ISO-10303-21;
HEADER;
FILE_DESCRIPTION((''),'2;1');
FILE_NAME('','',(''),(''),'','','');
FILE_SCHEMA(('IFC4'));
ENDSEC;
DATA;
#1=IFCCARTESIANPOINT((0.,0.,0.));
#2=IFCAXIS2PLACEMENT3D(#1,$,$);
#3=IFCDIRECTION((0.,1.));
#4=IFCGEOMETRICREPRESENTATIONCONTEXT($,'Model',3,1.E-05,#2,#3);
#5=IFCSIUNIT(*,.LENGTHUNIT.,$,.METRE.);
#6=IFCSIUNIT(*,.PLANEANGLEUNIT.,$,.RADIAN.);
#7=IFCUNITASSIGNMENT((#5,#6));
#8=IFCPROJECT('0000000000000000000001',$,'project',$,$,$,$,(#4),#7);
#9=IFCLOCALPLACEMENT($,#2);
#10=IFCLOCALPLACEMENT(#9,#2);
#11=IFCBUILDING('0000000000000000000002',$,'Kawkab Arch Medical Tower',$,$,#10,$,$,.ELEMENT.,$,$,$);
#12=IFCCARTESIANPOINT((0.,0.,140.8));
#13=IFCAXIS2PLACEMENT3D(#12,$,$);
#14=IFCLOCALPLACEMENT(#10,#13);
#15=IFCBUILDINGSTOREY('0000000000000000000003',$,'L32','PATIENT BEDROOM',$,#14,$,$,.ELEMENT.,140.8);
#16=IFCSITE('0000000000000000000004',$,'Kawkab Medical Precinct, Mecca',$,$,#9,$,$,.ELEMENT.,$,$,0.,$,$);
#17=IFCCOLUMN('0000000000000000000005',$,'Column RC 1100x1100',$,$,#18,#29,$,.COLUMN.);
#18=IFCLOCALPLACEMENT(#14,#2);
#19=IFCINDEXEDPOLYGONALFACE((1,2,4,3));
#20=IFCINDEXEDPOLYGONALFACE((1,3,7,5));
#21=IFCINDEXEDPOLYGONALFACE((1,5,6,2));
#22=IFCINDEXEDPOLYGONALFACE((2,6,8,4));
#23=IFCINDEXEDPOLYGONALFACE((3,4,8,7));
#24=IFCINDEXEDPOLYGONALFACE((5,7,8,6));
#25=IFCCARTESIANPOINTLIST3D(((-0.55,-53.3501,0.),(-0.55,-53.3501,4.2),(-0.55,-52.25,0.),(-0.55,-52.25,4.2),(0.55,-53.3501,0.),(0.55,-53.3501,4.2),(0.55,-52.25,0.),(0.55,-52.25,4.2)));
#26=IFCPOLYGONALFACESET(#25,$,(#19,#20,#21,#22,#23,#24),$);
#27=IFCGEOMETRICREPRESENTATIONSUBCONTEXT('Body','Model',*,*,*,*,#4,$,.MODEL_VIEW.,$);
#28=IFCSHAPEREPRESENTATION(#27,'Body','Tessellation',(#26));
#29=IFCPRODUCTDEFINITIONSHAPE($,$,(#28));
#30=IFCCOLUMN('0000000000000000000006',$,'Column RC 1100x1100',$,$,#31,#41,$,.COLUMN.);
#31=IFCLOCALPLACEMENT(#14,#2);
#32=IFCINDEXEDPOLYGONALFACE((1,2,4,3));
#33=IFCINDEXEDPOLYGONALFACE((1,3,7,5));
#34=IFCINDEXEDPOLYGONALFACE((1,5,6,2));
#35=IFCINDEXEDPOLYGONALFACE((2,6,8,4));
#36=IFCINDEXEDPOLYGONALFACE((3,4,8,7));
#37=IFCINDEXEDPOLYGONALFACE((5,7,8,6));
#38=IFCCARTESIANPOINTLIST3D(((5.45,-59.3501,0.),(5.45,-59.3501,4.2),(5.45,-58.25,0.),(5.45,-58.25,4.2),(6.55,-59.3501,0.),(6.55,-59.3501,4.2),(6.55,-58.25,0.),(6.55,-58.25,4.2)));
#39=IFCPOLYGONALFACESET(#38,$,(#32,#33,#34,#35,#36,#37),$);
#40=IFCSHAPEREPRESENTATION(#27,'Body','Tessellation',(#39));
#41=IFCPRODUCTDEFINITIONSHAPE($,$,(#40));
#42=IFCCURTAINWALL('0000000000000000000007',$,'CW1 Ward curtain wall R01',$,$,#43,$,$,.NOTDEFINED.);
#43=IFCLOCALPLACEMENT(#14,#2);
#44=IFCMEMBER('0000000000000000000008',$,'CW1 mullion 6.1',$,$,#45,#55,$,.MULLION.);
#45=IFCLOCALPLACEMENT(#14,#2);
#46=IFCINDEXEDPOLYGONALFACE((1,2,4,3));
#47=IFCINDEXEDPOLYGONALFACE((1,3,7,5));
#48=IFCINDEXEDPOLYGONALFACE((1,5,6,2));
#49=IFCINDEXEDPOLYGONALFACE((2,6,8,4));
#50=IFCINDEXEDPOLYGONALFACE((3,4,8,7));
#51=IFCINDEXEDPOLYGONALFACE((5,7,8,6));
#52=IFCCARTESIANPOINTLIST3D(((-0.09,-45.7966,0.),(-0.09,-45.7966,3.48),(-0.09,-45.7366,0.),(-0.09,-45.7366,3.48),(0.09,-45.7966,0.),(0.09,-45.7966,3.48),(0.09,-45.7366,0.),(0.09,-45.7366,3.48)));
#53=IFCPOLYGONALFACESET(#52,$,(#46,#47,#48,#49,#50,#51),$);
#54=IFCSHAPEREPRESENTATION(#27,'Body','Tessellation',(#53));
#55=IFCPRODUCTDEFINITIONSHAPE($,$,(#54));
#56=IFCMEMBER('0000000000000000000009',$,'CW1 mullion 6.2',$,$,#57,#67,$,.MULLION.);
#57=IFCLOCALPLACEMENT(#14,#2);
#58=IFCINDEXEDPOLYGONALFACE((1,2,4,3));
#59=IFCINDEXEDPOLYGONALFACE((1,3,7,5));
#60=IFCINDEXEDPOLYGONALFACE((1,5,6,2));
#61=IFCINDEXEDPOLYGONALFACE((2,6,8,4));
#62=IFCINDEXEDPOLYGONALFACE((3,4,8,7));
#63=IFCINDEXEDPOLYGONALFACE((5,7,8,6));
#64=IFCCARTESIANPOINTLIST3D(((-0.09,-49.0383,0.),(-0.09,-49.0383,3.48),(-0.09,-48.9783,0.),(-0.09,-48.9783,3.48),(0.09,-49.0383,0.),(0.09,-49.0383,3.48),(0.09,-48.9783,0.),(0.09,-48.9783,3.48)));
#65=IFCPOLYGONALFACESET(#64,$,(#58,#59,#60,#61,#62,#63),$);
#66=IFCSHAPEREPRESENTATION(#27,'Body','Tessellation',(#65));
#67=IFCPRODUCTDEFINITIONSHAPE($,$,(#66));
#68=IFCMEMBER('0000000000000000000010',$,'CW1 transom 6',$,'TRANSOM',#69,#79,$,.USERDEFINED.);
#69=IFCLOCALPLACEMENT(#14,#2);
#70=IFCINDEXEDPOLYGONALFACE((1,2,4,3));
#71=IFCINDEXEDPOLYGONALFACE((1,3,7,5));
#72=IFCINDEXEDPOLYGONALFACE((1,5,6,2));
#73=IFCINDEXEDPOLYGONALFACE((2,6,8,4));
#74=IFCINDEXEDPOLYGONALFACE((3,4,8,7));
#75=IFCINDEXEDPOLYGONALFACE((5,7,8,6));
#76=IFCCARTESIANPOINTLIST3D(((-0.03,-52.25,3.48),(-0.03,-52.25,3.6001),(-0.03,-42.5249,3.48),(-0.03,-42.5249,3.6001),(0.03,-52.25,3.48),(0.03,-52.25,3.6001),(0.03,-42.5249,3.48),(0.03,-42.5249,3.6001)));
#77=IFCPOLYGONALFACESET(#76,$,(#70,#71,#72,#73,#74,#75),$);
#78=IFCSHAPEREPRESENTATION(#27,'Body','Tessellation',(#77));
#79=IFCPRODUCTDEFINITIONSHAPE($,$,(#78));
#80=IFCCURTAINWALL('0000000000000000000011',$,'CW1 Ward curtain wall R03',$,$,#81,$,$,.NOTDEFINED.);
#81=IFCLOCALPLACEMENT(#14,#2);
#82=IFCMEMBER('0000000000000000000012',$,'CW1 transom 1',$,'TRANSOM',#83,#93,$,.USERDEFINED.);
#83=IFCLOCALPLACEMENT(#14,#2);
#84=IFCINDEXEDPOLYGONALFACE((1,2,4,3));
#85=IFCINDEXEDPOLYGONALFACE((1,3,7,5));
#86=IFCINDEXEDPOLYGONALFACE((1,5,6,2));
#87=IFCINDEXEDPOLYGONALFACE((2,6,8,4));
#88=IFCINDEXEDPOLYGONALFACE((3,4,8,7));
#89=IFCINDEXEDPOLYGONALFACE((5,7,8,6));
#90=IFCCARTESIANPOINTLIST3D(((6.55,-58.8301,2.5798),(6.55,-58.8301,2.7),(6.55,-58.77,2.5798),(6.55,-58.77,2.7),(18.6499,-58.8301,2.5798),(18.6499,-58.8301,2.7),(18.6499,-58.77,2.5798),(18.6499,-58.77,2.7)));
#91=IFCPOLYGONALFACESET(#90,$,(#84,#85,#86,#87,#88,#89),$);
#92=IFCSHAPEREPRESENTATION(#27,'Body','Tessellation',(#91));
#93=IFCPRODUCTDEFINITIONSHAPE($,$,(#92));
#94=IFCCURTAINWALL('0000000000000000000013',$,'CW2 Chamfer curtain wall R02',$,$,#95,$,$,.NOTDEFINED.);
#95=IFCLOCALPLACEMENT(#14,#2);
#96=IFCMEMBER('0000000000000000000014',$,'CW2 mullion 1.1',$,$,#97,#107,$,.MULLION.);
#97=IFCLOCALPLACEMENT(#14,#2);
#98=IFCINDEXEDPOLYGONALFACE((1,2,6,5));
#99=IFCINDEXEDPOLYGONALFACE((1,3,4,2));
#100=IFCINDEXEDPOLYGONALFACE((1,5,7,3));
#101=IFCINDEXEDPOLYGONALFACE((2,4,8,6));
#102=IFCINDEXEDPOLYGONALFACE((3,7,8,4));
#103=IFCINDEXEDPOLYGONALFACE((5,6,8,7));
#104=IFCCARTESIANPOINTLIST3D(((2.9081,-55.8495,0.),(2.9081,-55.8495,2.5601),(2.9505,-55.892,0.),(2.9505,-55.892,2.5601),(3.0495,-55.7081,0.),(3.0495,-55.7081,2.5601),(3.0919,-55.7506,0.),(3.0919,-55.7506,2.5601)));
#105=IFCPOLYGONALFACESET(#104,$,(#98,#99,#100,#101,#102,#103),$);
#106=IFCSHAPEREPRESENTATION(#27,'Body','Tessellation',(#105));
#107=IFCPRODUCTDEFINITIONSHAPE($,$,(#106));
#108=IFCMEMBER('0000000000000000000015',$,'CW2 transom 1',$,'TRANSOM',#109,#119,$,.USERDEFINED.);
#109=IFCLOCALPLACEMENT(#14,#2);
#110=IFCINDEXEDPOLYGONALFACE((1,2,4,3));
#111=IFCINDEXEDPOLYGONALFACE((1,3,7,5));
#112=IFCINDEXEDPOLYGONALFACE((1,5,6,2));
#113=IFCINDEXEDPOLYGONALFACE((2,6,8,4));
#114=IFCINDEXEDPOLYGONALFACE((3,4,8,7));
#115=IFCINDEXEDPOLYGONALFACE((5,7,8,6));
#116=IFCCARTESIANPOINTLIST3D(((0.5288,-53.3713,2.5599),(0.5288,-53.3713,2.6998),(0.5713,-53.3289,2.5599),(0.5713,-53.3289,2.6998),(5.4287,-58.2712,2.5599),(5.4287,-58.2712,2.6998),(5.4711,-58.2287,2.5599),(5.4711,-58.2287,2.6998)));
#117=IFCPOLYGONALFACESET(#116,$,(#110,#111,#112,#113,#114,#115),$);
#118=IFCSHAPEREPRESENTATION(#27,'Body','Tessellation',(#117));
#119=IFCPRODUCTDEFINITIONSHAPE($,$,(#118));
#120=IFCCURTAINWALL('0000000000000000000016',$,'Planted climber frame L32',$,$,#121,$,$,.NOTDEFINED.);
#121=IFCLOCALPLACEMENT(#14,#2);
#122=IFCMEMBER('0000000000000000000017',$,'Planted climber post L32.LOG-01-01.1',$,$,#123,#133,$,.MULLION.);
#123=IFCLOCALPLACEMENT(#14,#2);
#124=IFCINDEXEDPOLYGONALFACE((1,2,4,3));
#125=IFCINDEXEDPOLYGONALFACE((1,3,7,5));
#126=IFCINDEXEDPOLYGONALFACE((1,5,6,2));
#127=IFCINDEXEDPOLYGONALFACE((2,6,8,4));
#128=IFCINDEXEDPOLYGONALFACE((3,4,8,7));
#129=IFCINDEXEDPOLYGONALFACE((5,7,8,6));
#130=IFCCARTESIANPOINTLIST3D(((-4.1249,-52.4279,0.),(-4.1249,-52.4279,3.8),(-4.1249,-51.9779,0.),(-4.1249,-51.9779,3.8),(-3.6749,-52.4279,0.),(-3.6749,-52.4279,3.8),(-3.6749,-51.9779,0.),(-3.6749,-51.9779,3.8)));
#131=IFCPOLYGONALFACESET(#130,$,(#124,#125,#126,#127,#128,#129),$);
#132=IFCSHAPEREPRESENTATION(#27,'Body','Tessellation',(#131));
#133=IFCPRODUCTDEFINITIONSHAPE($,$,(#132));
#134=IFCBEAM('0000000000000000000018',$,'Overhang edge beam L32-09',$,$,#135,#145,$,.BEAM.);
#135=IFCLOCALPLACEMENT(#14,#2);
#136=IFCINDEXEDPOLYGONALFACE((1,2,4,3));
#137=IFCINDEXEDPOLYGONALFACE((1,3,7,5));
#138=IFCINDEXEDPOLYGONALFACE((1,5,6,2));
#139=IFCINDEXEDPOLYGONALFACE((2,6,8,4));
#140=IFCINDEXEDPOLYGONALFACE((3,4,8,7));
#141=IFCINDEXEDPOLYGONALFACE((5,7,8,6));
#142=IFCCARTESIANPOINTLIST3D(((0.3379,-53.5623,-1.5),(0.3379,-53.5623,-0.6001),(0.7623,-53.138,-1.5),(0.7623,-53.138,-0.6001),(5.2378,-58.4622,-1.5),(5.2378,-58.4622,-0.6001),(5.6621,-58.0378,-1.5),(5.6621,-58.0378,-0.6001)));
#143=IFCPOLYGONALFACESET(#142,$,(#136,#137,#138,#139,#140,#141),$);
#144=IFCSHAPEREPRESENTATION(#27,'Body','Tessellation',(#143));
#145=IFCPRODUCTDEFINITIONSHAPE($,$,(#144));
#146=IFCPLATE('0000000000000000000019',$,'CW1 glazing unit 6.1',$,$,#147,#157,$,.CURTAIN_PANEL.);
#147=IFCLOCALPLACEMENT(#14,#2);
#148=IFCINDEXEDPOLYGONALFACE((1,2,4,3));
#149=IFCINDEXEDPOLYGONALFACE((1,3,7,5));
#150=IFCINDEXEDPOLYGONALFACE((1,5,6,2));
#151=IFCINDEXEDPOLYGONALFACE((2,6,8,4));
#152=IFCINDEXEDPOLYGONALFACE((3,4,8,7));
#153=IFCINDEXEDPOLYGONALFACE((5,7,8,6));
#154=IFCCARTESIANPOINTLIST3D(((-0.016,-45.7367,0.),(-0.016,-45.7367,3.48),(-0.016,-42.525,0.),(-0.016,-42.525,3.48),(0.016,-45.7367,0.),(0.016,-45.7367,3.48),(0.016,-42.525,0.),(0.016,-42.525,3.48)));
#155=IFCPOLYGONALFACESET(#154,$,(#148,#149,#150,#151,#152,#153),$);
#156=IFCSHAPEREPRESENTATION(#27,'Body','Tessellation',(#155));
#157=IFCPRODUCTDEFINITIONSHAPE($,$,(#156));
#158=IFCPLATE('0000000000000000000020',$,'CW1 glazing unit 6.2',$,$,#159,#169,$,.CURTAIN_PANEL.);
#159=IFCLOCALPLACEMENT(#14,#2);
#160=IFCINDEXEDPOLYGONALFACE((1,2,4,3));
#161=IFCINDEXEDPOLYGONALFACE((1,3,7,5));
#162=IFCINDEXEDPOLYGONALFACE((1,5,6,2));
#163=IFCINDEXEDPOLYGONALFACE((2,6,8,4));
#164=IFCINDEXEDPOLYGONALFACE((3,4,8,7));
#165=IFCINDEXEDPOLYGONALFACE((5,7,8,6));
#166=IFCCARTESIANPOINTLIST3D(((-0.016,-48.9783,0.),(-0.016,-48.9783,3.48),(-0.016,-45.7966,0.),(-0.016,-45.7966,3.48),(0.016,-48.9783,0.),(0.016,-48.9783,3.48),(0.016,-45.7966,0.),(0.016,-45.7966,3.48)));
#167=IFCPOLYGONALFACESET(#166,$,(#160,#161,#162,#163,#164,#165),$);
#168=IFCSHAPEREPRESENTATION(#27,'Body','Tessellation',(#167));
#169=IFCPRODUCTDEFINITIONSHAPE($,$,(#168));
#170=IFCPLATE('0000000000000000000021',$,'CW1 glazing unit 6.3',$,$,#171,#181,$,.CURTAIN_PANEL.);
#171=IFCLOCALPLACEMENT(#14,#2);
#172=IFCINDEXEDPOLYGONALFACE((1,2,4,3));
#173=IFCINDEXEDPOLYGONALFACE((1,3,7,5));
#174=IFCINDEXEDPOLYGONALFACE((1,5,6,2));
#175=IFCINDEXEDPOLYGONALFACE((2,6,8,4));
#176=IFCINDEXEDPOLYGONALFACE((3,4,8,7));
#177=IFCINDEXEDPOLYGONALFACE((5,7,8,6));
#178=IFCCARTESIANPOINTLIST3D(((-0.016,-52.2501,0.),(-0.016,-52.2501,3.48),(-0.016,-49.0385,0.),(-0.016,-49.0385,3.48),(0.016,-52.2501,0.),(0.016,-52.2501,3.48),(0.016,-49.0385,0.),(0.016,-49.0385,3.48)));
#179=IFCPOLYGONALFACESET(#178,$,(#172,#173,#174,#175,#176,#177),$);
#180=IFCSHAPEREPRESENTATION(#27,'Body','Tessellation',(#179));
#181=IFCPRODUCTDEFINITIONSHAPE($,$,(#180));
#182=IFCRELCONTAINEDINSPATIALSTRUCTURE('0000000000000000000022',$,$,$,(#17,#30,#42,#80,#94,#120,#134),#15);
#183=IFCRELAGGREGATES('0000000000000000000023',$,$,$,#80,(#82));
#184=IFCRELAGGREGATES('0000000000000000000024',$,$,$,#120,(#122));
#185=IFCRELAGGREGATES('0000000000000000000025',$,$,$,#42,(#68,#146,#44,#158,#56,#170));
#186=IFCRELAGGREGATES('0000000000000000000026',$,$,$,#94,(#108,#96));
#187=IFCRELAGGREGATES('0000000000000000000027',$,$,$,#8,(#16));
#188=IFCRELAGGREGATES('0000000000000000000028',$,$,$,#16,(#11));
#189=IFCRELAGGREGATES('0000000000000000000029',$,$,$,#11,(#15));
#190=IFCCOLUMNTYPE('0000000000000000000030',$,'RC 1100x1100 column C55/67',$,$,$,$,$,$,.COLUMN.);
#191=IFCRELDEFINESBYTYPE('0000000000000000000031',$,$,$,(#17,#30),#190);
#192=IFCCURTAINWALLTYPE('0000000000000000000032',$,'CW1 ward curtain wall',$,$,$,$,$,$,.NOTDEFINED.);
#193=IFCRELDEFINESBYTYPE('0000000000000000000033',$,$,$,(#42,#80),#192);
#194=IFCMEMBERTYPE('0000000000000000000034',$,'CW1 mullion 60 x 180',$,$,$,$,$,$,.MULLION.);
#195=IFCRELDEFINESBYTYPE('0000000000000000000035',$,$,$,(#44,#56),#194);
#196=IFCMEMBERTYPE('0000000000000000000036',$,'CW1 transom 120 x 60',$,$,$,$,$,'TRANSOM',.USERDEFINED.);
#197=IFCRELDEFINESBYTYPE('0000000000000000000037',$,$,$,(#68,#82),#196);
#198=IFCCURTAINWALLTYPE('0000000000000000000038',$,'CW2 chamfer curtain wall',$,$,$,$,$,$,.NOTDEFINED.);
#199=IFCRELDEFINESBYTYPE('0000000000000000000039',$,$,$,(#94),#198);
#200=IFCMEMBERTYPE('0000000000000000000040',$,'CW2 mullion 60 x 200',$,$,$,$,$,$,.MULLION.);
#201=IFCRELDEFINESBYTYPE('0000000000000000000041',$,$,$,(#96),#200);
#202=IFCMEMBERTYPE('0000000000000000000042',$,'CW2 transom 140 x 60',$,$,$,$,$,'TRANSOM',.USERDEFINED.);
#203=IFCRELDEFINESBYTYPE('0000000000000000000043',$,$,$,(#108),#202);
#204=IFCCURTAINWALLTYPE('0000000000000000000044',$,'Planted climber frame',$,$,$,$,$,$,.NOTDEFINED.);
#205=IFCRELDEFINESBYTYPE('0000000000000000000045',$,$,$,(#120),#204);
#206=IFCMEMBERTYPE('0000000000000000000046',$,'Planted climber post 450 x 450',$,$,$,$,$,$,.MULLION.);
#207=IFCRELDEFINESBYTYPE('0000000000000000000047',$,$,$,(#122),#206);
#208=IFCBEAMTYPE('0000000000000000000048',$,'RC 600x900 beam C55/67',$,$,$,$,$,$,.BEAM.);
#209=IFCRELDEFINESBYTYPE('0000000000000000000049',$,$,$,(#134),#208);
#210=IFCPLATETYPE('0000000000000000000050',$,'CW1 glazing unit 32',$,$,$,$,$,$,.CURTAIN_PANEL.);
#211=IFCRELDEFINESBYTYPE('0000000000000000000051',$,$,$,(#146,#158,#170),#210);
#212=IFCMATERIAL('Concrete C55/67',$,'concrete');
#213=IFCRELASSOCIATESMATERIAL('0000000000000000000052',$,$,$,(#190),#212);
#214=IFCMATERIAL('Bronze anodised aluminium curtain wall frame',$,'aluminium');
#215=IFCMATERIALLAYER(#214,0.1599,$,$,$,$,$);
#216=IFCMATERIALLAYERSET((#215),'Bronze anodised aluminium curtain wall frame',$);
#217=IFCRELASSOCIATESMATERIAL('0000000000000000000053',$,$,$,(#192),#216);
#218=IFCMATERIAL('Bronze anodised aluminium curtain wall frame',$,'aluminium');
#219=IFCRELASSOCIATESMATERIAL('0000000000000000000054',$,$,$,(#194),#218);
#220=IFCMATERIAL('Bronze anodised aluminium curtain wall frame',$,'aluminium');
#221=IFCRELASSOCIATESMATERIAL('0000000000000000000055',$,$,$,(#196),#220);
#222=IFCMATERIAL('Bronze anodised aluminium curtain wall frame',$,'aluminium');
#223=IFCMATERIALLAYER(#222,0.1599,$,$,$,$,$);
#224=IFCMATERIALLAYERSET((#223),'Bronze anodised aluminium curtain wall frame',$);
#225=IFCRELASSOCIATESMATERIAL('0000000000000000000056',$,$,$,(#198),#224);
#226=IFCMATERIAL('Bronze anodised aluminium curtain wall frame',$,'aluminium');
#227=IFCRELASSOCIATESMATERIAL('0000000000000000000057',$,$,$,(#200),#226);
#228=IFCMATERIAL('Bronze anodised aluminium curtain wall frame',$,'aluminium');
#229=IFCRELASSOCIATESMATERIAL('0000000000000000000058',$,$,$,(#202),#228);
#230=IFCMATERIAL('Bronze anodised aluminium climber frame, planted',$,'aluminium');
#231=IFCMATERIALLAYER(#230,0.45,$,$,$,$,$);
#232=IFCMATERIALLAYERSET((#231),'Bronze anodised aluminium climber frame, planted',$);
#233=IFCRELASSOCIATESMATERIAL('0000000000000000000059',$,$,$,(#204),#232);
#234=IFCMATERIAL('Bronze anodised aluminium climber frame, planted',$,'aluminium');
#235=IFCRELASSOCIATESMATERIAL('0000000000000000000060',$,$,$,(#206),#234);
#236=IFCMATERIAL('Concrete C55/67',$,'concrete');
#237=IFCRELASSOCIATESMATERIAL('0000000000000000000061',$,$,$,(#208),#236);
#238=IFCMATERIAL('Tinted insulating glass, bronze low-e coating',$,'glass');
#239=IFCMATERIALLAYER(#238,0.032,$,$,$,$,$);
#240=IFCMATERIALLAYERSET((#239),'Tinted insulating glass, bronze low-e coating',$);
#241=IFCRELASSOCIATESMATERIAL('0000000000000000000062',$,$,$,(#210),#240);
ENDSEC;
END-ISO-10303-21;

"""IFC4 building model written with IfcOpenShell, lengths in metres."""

from ifc_helpers import new_model, si_unit, direction, frame, origin, origin_2d, place, context, subcontext, project, spatial, rectangle, extrude, material, layer, layer_set, material_profile, profile_set, type_object, element, aggregate, save


model = new_model("IFC4")

# Units and contexts
model_context = context("Model", 3, precision=1e-05, world=origin(), true_north=direction((0.0, 1.0)))
body_context = subcontext(model_context, "Body", "Model", "MODEL_VIEW")
ifc_project = project(units=[si_unit("LENGTHUNIT", "METRE"), si_unit("PLANEANGLEUNIT", "RADIAN")], contexts=[model_context])

# Site, building, storey
site_placement = place(None, origin())
site = spatial("IfcSite", under=ifc_project, at=site_placement, Name="Kawkab Medical Precinct, Mecca", CompositionType="ELEMENT", RefElevation=0.0)
building_placement = place(site_placement, origin())
building = spatial("IfcBuilding", under=site, at=building_placement, Name="Kawkab Arch Medical Tower", CompositionType="ELEMENT")
storey_placement = place(building_placement, frame((0.0, 0.0, 140.8)))
storey = spatial("IfcBuildingStorey", under=building, at=storey_placement, Name="L32", Description="PATIENT BEDROOM", CompositionType="ELEMENT", Elevation=140.8)

# Columns
ifc_material_1 = material(Name="Concrete C55/67", Category="concrete")
ifc_material_profile_1 = material_profile(ifc_material_1, rectangle(XDim=1.1001, YDim=1.1001, at=origin_2d()), Name="RC 1100x1100")
ifc_profile_set_1 = profile_set([ifc_material_profile_1], Name="Concrete C55/67")
column_type = type_object("IfcColumnType", Name="RC 1100x1100 column C55/67", PredefinedType="COLUMN", material=ifc_profile_set_1)
for number, where, z_axis, x_axis, name in (
    (1, (0.0, -52.8, 0.0), (0.0, 0.0, 1.0), (1.0, 0.0, 0.0), "Column RC 1100x1100"),
    (2, (6.0, -58.8, 0.0), (0.0, 0.0, 1.0), (1.0, 0.0, 0.0), "Column RC 1100x1100"),
):
    element("IfcColumn", number, at=place(storey_placement, frame(where, z_axis=z_axis, x_axis=x_axis)), inside=storey, type_object=column_type, Name=name, PredefinedType="COLUMN", context=body_context, shape_type="SweptSolid", body=[
        extrude(rectangle(XDim=1.1001, YDim=1.1001, at=origin_2d()), origin(), (0.0, 0.0, 1.0), 4.2),
    ])

# Curtain wall, members
ifc_material_2 = material(Name="Bronze anodised aluminium curtain wall frame", Category="aluminium")
ifc_layer_1 = layer(ifc_material_2, 0.1599)
ifc_layer_set_1 = layer_set([ifc_layer_1], Name="Bronze anodised aluminium curtain wall frame")
curtain_wall_type_1 = type_object("IfcCurtainWallType", Name="CW1 ward curtain wall", PredefinedType="NOTDEFINED", material=ifc_layer_set_1)
placement = place(storey_placement, origin())
curtain_wall_1 = element("IfcCurtainWall", 3, at=placement, inside=storey, type_object=curtain_wall_type_1, Name="CW1 Ward curtain wall R01", PredefinedType="NOTDEFINED")
ifc_material_3 = material(Name="Bronze anodised aluminium curtain wall frame", Category="aluminium")
ifc_material_profile_2 = material_profile(ifc_material_3, rectangle(XDim=0.1799, YDim=0.0601, at=origin_2d()), Name="AL 60x180")
ifc_profile_set_2 = profile_set([ifc_material_profile_2], Name="Bronze anodised aluminium curtain wall frame")
member_type_1 = type_object("IfcMemberType", Name="CW1 mullion 60 x 180", PredefinedType="MULLION", material=ifc_profile_set_2)
member_1_placement = place(storey_placement, frame((0.0, -45.7666, 0.0), z_axis=(0.0, 0.0, 1.0), x_axis=(1.0, 0.0, 0.0)))
member_1 = element("IfcMember", 4, at=member_1_placement, type_object=member_type_1, Name="CW1 mullion 6.1", PredefinedType="MULLION", context=body_context, shape_type="SweptSolid", body=[
    extrude(rectangle(XDim=0.1799, YDim=0.0601, at=origin_2d()), origin(), (0.0, 0.0, 1.0), 3.48),
])
member_2_placement = place(storey_placement, frame((0.0, -49.0083, 0.0), z_axis=(0.0, 0.0, 1.0), x_axis=(1.0, 0.0, 0.0)))
member_2 = element("IfcMember", 5, at=member_2_placement, type_object=member_type_1, Name="CW1 mullion 6.2", PredefinedType="MULLION", context=body_context, shape_type="SweptSolid", body=[
    extrude(rectangle(XDim=0.1799, YDim=0.0601, at=origin_2d()), origin(), (0.0, 0.0, 1.0), 3.48),
])
ifc_material_4 = material(Name="Bronze anodised aluminium curtain wall frame", Category="aluminium")
ifc_material_profile_3 = material_profile(ifc_material_4, rectangle(XDim=0.0601, YDim=0.1201, at=origin_2d()), Name="AL 60x120")
ifc_profile_set_3 = profile_set([ifc_material_profile_3], Name="Bronze anodised aluminium curtain wall frame")
member_type_2 = type_object("IfcMemberType", Name="CW1 transom 120 x 60", ElementType="TRANSOM", PredefinedType="USERDEFINED", material=ifc_profile_set_3)
member_3_placement = place(storey_placement, frame((0.0, -42.5249, 3.54), z_axis=(0.0, -1.0, 0.0), x_axis=(1.0, 0.0, 0.0)))
member_3 = element("IfcMember", 6, at=member_3_placement, type_object=member_type_2, Name="CW1 transom 6", ObjectType="TRANSOM", PredefinedType="USERDEFINED", context=body_context, shape_type="SweptSolid", body=[
    extrude(rectangle(XDim=0.0601, YDim=0.1201, at=origin_2d()), origin(), (0.0, 0.0, 1.0), 9.7251),
])

# Curtain wall, member
curtain_wall_2 = element("IfcCurtainWall", 7, at=placement, inside=storey, type_object=curtain_wall_type_1, Name="CW1 Ward curtain wall R03", PredefinedType="NOTDEFINED")
member_4_placement = place(storey_placement, frame((6.55, -58.8, 2.6399), z_axis=(1.0, 0.0, 0.0), x_axis=(0.0, 1.0, 0.0)))
member_4 = element("IfcMember", 8, at=member_4_placement, type_object=member_type_2, Name="CW1 transom 1", ObjectType="TRANSOM", PredefinedType="USERDEFINED", context=body_context, shape_type="SweptSolid", body=[
    extrude(rectangle(XDim=0.0601, YDim=0.1201, at=origin_2d()), origin(), (0.0, 0.0, 1.0), 12.0999),
])
aggregate(curtain_wall_2, [member_4])

# Curtain wall, members
ifc_material_5 = material(Name="Bronze anodised aluminium curtain wall frame", Category="aluminium")
ifc_layer_2 = layer(ifc_material_5, 0.1599)
ifc_layer_set_2 = layer_set([ifc_layer_2], Name="Bronze anodised aluminium curtain wall frame")
curtain_wall_type_2 = type_object("IfcCurtainWallType", Name="CW2 chamfer curtain wall", PredefinedType="NOTDEFINED", material=ifc_layer_set_2)
curtain_wall_3 = element("IfcCurtainWall", 9, at=placement, inside=storey, type_object=curtain_wall_type_2, Name="CW2 Chamfer curtain wall R02", PredefinedType="NOTDEFINED")
ifc_material_6 = material(Name="Bronze anodised aluminium curtain wall frame", Category="aluminium")
ifc_material_profile_4 = material_profile(ifc_material_6, rectangle(XDim=0.2, YDim=0.0601, at=origin_2d()), Name="AL 60x200")
ifc_profile_set_4 = profile_set([ifc_material_profile_4], Name="Bronze anodised aluminium curtain wall frame")
member_type_3 = type_object("IfcMemberType", Name="CW2 mullion 60 x 200", PredefinedType="MULLION", material=ifc_profile_set_4)
member_5_placement = place(storey_placement, frame((3.0, -55.8, 0.0), z_axis=(0.0, 0.0, 1.0), x_axis=(0.707107, 0.707107, 0.0)))
member_5 = element("IfcMember", 10, at=member_5_placement, type_object=member_type_3, Name="CW2 mullion 1.1", PredefinedType="MULLION", context=body_context, shape_type="SweptSolid", body=[
    extrude(rectangle(XDim=0.2, YDim=0.0601, at=origin_2d()), origin(), (0.0, 0.0, 1.0), 2.5601),
])
ifc_material_7 = material(Name="Bronze anodised aluminium curtain wall frame", Category="aluminium")
ifc_material_profile_5 = material_profile(ifc_material_7, rectangle(XDim=0.0601, YDim=0.1399, at=origin_2d()), Name="AL 60x140")
ifc_profile_set_5 = profile_set([ifc_material_profile_5], Name="Bronze anodised aluminium curtain wall frame")
member_type_4 = type_object("IfcMemberType", Name="CW2 transom 140 x 60", ElementType="TRANSOM", PredefinedType="USERDEFINED", material=ifc_profile_set_5)
member_6_placement = place(storey_placement, frame((0.55, -53.3501, 2.6299), z_axis=(0.707107, -0.707107, 0.0), x_axis=(0.707107, 0.707107, 0.0)))
member_6 = element("IfcMember", 11, at=member_6_placement, type_object=member_type_4, Name="CW2 transom 1", ObjectType="TRANSOM", PredefinedType="USERDEFINED", context=body_context, shape_type="SweptSolid", body=[
    extrude(rectangle(XDim=0.0601, YDim=0.1399, at=origin_2d()), origin(), (0.0, 0.0, 1.0), 6.9294),
])

# Curtain wall, member
ifc_material_8 = material(Name="Bronze anodised aluminium climber frame, planted", Category="aluminium")
ifc_layer_3 = layer(ifc_material_8, 0.45)
ifc_layer_set_3 = layer_set([ifc_layer_3], Name="Bronze anodised aluminium climber frame, planted")
curtain_wall_type_3 = type_object("IfcCurtainWallType", Name="Planted climber frame", PredefinedType="NOTDEFINED", material=ifc_layer_set_3)
curtain_wall_4 = element("IfcCurtainWall", 12, at=placement, inside=storey, type_object=curtain_wall_type_3, Name="Planted climber frame L32", PredefinedType="NOTDEFINED")
ifc_material_9 = material(Name="Bronze anodised aluminium climber frame, planted", Category="aluminium")
ifc_material_profile_6 = material_profile(ifc_material_9, rectangle(XDim=0.45, YDim=0.45, at=origin_2d()), Name="Post 450x450")
ifc_profile_set_6 = profile_set([ifc_material_profile_6], Name="Bronze anodised aluminium climber frame, planted")
member_type_5 = type_object("IfcMemberType", Name="Planted climber post 450 x 450", PredefinedType="MULLION", material=ifc_profile_set_6)
member_7_placement = place(storey_placement, frame((-3.8999, -52.2029, 0.0), z_axis=(0.0, 0.0, 1.0), x_axis=(1.0, 0.0, 0.0)))
member_7 = element("IfcMember", 13, at=member_7_placement, type_object=member_type_5, Name="Planted climber post L32.LOG-01-01.1", PredefinedType="MULLION", context=body_context, shape_type="SweptSolid", body=[
    extrude(rectangle(XDim=0.45, YDim=0.45, at=origin_2d()), origin(), (0.0, 0.0, 1.0), 3.8),
])
aggregate(curtain_wall_4, [member_7])

# Beam
ifc_material_10 = material(Name="Concrete C55/67", Category="concrete")
ifc_material_profile_7 = material_profile(ifc_material_10, rectangle(XDim=0.6001, YDim=0.8999, at=origin_2d()), Name="RC 600x900")
ifc_profile_set_7 = profile_set([ifc_material_profile_7], Name="Concrete C55/67")
beam_type = type_object("IfcBeamType", Name="RC 600x900 beam C55/67", PredefinedType="BEAM", material=ifc_profile_set_7)
beam_placement = place(storey_placement, frame((5.45, -58.25, -1.05), z_axis=(-0.707107, 0.707107, 0.0), x_axis=(-0.707107, -0.707107, 0.0)))
element("IfcBeam", 14, at=beam_placement, inside=storey, type_object=beam_type, Name="Overhang edge beam L32-09", PredefinedType="BEAM", context=body_context, shape_type="SweptSolid", body=[
    extrude(rectangle(XDim=0.6001, YDim=0.8999, at=origin_2d()), origin(), (0.0, 0.0, 1.0), 6.9294),
])

# Plates
ifc_material_11 = material(Name="Tinted insulating glass, bronze low-e coating", Category="glass")
ifc_layer_4 = layer(ifc_material_11, 0.032)
ifc_layer_set_4 = layer_set([ifc_layer_4], Name="Tinted insulating glass, bronze low-e coating")
plate_type_1 = type_object("IfcPlateType", Name="CW1 glazing unit 32", PredefinedType="CURTAIN_PANEL", material=ifc_layer_set_4)
plate_1_placement = place(storey_placement, frame((0.0, -44.1309, 0.0), z_axis=(0.0, 0.0, 1.0), x_axis=(0.0, -1.0, 0.0)))
plate_1 = element("IfcPlate", 15, at=plate_1_placement, type_object=plate_type_1, Name="CW1 glazing unit 6.1", PredefinedType="CURTAIN_PANEL", context=body_context, shape_type="SweptSolid", body=[
    extrude(rectangle(XDim=3.2117, YDim=0.032, at=origin_2d()), origin(), (0.0, 0.0, 1.0), 3.48),
])
plate_2_placement = place(storey_placement, frame((0.0, -47.3875, 0.0), z_axis=(0.0, 0.0, 1.0), x_axis=(0.0, -1.0, 0.0)))
plate_2 = element("IfcPlate", 16, at=plate_2_placement, type_object=plate_type_1, Name="CW1 glazing unit 6.2", PredefinedType="CURTAIN_PANEL", context=body_context, shape_type="SweptSolid", body=[
    extrude(rectangle(XDim=3.1816, YDim=0.032, at=origin_2d()), origin(), (0.0, 0.0, 1.0), 3.48),
])
plate_3_placement = place(storey_placement, frame((0.0, -50.6443, 0.0), z_axis=(0.0, 0.0, 1.0), x_axis=(0.0, -1.0, 0.0)))
plate_3 = element("IfcPlate", 17, at=plate_3_placement, type_object=plate_type_1, Name="CW1 glazing unit 6.3", PredefinedType="CURTAIN_PANEL", context=body_context, shape_type="SweptSolid", body=[
    extrude(rectangle(XDim=3.2117, YDim=0.032, at=origin_2d()), origin(), (0.0, 0.0, 1.0), 3.48),
])
aggregate(curtain_wall_1, [member_3, plate_1, member_1, plate_2, member_2, plate_3])
aggregate(curtain_wall_3, [member_6, member_5])

save(model, "model.ifc")
